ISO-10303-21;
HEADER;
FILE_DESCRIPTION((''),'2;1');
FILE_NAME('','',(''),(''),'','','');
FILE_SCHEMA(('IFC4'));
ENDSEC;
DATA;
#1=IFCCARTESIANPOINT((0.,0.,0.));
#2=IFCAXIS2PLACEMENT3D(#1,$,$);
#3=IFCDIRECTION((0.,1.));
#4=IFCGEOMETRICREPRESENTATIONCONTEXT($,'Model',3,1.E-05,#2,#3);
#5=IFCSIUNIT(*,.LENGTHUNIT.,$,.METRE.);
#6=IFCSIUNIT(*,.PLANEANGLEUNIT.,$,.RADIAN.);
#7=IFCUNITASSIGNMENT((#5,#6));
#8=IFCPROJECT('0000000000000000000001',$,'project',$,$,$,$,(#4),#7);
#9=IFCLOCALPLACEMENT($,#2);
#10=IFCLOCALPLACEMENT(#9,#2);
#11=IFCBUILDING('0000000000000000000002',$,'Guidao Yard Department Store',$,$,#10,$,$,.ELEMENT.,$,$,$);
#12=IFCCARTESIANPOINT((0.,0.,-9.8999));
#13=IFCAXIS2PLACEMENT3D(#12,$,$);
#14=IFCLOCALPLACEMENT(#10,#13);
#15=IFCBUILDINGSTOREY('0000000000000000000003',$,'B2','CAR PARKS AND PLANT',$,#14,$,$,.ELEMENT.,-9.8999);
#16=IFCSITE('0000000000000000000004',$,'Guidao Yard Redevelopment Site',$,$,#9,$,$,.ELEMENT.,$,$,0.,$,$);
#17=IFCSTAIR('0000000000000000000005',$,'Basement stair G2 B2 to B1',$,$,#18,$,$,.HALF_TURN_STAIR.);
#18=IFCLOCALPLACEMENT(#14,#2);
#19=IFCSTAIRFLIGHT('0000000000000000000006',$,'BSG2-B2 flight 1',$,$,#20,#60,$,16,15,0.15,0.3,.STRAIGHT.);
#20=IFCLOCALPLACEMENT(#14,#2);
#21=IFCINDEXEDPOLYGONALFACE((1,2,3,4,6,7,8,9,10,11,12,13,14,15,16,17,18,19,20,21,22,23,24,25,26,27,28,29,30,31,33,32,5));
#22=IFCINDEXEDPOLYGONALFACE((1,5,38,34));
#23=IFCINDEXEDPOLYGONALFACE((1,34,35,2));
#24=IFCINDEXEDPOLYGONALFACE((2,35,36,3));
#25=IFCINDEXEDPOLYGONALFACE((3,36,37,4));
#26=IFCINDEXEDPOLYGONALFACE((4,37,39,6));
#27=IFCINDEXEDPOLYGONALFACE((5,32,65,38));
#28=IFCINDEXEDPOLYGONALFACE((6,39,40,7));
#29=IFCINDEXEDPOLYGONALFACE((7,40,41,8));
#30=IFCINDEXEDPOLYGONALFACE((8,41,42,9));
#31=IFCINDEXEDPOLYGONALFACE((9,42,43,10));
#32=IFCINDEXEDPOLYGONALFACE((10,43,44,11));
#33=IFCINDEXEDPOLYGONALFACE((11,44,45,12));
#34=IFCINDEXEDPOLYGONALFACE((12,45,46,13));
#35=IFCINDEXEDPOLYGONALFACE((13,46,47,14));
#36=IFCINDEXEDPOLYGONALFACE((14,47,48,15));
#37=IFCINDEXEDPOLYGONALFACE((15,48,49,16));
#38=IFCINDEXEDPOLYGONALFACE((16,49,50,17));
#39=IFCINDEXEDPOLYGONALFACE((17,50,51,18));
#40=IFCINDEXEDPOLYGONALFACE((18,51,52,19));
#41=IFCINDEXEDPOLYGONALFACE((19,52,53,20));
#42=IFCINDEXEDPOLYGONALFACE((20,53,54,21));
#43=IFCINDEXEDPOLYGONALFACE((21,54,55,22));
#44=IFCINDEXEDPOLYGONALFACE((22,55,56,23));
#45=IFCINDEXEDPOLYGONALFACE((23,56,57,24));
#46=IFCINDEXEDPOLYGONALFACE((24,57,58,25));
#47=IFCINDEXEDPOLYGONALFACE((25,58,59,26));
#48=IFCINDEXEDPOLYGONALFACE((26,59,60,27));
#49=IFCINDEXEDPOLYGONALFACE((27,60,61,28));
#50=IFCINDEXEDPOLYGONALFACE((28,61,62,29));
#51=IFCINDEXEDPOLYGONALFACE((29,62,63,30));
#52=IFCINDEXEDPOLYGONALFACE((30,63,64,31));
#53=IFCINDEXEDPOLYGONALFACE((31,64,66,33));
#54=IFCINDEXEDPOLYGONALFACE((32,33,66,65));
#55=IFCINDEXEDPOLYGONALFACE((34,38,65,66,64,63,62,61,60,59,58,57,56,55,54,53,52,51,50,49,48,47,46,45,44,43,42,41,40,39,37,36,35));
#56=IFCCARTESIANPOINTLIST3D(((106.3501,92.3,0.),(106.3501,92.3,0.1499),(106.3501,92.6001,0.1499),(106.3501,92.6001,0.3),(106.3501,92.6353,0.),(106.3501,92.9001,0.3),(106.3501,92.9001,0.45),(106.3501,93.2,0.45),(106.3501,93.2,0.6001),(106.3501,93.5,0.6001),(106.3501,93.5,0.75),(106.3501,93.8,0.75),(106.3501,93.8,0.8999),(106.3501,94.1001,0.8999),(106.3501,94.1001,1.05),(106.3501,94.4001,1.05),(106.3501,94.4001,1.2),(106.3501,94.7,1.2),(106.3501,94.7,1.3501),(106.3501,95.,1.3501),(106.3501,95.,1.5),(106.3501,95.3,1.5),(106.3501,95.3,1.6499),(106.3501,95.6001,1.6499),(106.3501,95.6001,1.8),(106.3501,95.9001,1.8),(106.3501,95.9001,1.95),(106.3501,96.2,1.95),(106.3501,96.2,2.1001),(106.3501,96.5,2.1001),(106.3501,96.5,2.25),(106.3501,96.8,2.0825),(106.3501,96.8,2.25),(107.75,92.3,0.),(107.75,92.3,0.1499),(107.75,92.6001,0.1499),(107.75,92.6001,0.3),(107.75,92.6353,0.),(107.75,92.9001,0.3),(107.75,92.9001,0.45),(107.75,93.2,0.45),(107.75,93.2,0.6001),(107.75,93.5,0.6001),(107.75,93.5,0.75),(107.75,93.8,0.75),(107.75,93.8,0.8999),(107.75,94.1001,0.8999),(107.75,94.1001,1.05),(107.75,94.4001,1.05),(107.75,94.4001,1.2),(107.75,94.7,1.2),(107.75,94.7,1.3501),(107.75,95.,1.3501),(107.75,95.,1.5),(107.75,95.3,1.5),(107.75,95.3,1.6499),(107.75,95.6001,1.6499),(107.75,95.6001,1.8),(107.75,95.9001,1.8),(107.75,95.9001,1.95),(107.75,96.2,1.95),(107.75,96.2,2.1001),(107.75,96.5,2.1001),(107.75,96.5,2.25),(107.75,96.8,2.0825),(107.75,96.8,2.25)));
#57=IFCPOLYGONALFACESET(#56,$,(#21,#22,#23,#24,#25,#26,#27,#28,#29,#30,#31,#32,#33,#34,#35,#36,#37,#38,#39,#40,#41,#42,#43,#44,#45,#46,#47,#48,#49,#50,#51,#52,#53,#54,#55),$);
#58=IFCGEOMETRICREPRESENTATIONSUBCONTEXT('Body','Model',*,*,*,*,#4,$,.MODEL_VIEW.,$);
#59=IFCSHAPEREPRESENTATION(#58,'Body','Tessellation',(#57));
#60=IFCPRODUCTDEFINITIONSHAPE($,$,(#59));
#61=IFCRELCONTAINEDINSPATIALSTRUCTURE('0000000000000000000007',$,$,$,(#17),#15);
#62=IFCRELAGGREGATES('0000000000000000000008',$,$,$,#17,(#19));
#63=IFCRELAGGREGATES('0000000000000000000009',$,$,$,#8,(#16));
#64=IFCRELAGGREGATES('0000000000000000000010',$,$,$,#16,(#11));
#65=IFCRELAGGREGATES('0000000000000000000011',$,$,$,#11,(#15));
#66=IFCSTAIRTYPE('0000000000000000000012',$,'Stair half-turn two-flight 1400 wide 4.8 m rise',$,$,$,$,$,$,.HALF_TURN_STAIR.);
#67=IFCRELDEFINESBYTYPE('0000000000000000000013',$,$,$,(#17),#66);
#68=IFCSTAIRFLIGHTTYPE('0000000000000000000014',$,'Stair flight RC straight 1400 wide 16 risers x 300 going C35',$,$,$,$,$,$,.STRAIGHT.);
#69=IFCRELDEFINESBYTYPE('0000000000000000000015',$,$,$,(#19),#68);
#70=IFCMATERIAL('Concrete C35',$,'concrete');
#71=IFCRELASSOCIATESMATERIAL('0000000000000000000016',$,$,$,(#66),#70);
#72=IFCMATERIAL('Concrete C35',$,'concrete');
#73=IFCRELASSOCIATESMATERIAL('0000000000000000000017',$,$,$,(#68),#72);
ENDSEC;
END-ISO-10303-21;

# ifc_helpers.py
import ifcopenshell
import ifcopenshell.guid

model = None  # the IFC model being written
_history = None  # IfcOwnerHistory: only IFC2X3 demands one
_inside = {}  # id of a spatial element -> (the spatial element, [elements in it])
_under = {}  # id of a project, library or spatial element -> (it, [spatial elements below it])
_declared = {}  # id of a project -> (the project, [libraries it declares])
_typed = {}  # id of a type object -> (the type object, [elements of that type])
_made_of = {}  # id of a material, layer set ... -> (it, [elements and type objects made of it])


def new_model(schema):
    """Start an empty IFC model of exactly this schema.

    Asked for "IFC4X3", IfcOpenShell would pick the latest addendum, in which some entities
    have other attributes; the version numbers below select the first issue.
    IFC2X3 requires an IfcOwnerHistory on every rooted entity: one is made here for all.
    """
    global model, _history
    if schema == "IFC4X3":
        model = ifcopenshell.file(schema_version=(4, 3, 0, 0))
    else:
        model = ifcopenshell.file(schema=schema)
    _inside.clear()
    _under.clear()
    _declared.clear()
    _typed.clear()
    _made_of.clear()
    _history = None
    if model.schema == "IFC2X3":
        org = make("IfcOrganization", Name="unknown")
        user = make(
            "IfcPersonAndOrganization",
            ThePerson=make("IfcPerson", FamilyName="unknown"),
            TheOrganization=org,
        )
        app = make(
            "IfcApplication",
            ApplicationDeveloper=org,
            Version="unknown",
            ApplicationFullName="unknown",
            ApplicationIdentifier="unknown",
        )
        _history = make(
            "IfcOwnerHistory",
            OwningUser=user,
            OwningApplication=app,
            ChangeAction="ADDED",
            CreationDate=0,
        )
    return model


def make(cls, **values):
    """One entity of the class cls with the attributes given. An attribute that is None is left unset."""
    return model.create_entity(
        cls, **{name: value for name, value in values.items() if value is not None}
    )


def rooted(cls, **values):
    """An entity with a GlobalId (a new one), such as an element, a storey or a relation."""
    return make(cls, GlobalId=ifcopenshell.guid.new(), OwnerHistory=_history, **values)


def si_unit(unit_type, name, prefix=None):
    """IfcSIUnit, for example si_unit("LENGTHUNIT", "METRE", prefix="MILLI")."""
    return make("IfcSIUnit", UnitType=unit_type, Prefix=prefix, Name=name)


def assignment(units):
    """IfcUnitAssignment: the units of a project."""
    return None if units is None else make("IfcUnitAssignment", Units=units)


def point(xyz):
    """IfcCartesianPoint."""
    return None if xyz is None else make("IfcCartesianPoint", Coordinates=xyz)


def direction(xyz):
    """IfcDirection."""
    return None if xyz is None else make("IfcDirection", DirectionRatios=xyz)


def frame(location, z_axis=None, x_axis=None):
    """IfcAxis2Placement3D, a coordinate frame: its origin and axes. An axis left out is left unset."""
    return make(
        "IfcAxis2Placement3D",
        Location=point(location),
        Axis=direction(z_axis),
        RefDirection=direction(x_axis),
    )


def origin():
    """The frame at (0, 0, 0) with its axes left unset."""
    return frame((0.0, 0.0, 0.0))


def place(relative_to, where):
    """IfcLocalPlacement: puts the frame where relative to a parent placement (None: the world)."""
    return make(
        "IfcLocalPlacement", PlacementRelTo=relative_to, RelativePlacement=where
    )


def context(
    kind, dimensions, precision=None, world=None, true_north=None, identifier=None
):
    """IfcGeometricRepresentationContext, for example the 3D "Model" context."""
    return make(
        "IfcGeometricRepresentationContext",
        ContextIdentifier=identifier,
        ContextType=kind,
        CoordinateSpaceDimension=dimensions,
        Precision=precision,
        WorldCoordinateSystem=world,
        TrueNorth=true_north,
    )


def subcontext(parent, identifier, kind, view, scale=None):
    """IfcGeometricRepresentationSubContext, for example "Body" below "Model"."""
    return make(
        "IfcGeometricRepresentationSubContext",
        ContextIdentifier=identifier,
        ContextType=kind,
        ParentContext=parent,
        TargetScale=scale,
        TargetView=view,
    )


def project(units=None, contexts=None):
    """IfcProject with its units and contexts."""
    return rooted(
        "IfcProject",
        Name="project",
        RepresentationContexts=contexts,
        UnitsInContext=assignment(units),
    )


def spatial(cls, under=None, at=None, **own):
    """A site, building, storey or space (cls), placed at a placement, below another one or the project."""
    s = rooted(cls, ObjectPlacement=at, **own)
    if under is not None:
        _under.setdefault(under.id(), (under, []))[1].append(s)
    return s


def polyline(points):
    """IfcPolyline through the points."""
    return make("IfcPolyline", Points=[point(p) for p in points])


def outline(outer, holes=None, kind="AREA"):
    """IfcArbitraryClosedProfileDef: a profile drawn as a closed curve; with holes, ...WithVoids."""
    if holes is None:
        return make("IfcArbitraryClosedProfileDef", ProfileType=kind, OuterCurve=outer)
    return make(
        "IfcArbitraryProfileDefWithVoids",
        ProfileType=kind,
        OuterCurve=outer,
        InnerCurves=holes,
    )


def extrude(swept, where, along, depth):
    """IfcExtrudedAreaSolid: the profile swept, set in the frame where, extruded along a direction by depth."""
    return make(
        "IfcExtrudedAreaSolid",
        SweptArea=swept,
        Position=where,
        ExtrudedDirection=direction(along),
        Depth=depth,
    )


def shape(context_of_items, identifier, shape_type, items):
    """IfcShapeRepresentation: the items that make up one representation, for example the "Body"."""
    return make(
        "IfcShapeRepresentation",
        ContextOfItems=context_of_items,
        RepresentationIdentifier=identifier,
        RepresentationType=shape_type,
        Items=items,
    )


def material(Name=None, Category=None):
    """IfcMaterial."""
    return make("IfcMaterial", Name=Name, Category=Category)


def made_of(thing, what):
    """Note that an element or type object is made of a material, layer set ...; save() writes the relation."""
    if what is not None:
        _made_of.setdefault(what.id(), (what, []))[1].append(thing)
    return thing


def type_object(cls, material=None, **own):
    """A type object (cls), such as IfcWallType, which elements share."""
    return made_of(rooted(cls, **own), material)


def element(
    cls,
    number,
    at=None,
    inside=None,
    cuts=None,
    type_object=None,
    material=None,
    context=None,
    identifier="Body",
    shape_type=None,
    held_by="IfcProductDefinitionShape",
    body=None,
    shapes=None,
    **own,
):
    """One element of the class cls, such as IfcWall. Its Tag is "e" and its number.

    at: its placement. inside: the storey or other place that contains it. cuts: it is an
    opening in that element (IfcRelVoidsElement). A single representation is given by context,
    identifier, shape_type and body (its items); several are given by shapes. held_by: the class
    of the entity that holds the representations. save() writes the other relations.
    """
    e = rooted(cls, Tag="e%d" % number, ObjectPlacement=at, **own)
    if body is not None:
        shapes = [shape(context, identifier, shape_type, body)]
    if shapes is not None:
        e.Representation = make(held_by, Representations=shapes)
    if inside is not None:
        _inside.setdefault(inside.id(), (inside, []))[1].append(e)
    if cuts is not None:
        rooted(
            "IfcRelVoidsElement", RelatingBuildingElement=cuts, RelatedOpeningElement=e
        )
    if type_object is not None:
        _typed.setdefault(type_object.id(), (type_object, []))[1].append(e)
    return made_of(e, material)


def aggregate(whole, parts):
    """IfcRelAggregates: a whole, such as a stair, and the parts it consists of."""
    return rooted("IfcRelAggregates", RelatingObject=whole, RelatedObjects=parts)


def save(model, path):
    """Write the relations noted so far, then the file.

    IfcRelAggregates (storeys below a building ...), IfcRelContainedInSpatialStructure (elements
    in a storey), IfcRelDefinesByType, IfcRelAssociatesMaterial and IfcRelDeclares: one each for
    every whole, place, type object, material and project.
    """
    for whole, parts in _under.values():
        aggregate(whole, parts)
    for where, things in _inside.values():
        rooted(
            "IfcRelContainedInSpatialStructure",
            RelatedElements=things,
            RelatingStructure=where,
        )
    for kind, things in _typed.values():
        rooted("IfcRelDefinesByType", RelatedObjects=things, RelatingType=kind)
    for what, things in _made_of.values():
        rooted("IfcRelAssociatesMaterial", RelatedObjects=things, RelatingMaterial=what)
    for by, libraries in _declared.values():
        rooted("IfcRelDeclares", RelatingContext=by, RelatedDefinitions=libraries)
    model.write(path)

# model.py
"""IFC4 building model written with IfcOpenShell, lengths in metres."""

from ifc_helpers import new_model, si_unit, direction, frame, origin, place, context, subcontext, project, spatial, polyline, outline, extrude, material, type_object, element, aggregate, save


model = new_model("IFC4")

# Units and contexts
model_context = context("Model", 3, precision=1e-05, world=origin(), true_north=direction((0.0, 1.0)))
body_context = subcontext(model_context, "Body", "Model", "MODEL_VIEW")
ifc_project = project(units=[si_unit("LENGTHUNIT", "METRE"), si_unit("PLANEANGLEUNIT", "RADIAN")], contexts=[model_context])

# Site, building, storey
site_placement = place(None, origin())
site = spatial("IfcSite", under=ifc_project, at=site_placement, Name="Guidao Yard Redevelopment Site", CompositionType="ELEMENT", RefElevation=0.0)
building_placement = place(site_placement, origin())
building = spatial("IfcBuilding", under=site, at=building_placement, Name="Guidao Yard Department Store", CompositionType="ELEMENT")
storey_placement = place(building_placement, frame((0.0, 0.0, -9.8999)))
storey = spatial("IfcBuildingStorey", under=building, at=storey_placement, Name="B2", Description="CAR PARKS AND PLANT", CompositionType="ELEMENT", Elevation=-9.8999)

# Stair, stair flight
ifc_material_1 = material(Name="Concrete C35", Category="concrete")
stair_type = type_object("IfcStairType", Name="Stair half-turn two-flight 1400 wide 4.8 m rise", PredefinedType="HALF_TURN_STAIR", material=ifc_material_1)
stair_placement = place(storey_placement, origin())
stair = element("IfcStair", 1, at=stair_placement, inside=storey, type_object=stair_type, Name="Basement stair G2 B2 to B1", PredefinedType="HALF_TURN_STAIR")
ifc_material_2 = material(Name="Concrete C35", Category="concrete")
stair_flight_type = type_object("IfcStairFlightType", Name="Stair flight RC straight 1400 wide 16 risers x 300 going C35", PredefinedType="STRAIGHT", material=ifc_material_2)
stair_flight_placement = place(storey_placement, frame((107.05, 92.3, 0.0), z_axis=(0.0, 0.0, 1.0), x_axis=(0.0, 1.0, 0.0)))
stair_flight = element("IfcStairFlight", 2, at=stair_flight_placement, type_object=stair_flight_type, Name="BSG2-B2 flight 1", NumberOfRisers=16, NumberOfTreads=15, PredefinedType="STRAIGHT", RiserHeight=0.15, TreadLength=0.3, context=body_context, shape_type="SweptSolid", body=[
    extrude(outline(polyline([(0.0, 0.0), (0.0, 0.1499), (0.3, 0.1499), (0.3, 0.3), (0.6001, 0.3), (0.6001, 0.45), (0.8999, 0.45), (0.8999, 0.6001), (1.2, 0.6001), (1.2, 0.75), (1.5, 0.75), (1.5, 0.8999), (1.8, 0.8999), (1.8, 1.05), (2.1001, 1.05), (2.1001, 1.2), (2.3999, 1.2), (2.3999, 1.3501), (2.7, 1.3501), (2.7, 1.5), (3.0, 1.5), (3.0, 1.6499), (3.3, 1.6499), (3.3, 1.8), (3.6001, 1.8), (3.6001, 1.95), (3.8999, 1.95), (3.8999, 2.1001), (4.2, 2.1001), (4.2, 2.25), (4.5, 2.25), (4.5, 2.3999), (4.5, 2.0825), (0.3352, 0.0), (0.0, 0.0)])), frame((0.0, 0.7, 0.0), z_axis=(0.0, -1.0, 0.0), x_axis=(1.0, 0.0, 0.0)), (0.0, 0.0, 1.0), 1.3999),
])
aggregate(stair, [stair_flight])

save(model, "model.ifc")
